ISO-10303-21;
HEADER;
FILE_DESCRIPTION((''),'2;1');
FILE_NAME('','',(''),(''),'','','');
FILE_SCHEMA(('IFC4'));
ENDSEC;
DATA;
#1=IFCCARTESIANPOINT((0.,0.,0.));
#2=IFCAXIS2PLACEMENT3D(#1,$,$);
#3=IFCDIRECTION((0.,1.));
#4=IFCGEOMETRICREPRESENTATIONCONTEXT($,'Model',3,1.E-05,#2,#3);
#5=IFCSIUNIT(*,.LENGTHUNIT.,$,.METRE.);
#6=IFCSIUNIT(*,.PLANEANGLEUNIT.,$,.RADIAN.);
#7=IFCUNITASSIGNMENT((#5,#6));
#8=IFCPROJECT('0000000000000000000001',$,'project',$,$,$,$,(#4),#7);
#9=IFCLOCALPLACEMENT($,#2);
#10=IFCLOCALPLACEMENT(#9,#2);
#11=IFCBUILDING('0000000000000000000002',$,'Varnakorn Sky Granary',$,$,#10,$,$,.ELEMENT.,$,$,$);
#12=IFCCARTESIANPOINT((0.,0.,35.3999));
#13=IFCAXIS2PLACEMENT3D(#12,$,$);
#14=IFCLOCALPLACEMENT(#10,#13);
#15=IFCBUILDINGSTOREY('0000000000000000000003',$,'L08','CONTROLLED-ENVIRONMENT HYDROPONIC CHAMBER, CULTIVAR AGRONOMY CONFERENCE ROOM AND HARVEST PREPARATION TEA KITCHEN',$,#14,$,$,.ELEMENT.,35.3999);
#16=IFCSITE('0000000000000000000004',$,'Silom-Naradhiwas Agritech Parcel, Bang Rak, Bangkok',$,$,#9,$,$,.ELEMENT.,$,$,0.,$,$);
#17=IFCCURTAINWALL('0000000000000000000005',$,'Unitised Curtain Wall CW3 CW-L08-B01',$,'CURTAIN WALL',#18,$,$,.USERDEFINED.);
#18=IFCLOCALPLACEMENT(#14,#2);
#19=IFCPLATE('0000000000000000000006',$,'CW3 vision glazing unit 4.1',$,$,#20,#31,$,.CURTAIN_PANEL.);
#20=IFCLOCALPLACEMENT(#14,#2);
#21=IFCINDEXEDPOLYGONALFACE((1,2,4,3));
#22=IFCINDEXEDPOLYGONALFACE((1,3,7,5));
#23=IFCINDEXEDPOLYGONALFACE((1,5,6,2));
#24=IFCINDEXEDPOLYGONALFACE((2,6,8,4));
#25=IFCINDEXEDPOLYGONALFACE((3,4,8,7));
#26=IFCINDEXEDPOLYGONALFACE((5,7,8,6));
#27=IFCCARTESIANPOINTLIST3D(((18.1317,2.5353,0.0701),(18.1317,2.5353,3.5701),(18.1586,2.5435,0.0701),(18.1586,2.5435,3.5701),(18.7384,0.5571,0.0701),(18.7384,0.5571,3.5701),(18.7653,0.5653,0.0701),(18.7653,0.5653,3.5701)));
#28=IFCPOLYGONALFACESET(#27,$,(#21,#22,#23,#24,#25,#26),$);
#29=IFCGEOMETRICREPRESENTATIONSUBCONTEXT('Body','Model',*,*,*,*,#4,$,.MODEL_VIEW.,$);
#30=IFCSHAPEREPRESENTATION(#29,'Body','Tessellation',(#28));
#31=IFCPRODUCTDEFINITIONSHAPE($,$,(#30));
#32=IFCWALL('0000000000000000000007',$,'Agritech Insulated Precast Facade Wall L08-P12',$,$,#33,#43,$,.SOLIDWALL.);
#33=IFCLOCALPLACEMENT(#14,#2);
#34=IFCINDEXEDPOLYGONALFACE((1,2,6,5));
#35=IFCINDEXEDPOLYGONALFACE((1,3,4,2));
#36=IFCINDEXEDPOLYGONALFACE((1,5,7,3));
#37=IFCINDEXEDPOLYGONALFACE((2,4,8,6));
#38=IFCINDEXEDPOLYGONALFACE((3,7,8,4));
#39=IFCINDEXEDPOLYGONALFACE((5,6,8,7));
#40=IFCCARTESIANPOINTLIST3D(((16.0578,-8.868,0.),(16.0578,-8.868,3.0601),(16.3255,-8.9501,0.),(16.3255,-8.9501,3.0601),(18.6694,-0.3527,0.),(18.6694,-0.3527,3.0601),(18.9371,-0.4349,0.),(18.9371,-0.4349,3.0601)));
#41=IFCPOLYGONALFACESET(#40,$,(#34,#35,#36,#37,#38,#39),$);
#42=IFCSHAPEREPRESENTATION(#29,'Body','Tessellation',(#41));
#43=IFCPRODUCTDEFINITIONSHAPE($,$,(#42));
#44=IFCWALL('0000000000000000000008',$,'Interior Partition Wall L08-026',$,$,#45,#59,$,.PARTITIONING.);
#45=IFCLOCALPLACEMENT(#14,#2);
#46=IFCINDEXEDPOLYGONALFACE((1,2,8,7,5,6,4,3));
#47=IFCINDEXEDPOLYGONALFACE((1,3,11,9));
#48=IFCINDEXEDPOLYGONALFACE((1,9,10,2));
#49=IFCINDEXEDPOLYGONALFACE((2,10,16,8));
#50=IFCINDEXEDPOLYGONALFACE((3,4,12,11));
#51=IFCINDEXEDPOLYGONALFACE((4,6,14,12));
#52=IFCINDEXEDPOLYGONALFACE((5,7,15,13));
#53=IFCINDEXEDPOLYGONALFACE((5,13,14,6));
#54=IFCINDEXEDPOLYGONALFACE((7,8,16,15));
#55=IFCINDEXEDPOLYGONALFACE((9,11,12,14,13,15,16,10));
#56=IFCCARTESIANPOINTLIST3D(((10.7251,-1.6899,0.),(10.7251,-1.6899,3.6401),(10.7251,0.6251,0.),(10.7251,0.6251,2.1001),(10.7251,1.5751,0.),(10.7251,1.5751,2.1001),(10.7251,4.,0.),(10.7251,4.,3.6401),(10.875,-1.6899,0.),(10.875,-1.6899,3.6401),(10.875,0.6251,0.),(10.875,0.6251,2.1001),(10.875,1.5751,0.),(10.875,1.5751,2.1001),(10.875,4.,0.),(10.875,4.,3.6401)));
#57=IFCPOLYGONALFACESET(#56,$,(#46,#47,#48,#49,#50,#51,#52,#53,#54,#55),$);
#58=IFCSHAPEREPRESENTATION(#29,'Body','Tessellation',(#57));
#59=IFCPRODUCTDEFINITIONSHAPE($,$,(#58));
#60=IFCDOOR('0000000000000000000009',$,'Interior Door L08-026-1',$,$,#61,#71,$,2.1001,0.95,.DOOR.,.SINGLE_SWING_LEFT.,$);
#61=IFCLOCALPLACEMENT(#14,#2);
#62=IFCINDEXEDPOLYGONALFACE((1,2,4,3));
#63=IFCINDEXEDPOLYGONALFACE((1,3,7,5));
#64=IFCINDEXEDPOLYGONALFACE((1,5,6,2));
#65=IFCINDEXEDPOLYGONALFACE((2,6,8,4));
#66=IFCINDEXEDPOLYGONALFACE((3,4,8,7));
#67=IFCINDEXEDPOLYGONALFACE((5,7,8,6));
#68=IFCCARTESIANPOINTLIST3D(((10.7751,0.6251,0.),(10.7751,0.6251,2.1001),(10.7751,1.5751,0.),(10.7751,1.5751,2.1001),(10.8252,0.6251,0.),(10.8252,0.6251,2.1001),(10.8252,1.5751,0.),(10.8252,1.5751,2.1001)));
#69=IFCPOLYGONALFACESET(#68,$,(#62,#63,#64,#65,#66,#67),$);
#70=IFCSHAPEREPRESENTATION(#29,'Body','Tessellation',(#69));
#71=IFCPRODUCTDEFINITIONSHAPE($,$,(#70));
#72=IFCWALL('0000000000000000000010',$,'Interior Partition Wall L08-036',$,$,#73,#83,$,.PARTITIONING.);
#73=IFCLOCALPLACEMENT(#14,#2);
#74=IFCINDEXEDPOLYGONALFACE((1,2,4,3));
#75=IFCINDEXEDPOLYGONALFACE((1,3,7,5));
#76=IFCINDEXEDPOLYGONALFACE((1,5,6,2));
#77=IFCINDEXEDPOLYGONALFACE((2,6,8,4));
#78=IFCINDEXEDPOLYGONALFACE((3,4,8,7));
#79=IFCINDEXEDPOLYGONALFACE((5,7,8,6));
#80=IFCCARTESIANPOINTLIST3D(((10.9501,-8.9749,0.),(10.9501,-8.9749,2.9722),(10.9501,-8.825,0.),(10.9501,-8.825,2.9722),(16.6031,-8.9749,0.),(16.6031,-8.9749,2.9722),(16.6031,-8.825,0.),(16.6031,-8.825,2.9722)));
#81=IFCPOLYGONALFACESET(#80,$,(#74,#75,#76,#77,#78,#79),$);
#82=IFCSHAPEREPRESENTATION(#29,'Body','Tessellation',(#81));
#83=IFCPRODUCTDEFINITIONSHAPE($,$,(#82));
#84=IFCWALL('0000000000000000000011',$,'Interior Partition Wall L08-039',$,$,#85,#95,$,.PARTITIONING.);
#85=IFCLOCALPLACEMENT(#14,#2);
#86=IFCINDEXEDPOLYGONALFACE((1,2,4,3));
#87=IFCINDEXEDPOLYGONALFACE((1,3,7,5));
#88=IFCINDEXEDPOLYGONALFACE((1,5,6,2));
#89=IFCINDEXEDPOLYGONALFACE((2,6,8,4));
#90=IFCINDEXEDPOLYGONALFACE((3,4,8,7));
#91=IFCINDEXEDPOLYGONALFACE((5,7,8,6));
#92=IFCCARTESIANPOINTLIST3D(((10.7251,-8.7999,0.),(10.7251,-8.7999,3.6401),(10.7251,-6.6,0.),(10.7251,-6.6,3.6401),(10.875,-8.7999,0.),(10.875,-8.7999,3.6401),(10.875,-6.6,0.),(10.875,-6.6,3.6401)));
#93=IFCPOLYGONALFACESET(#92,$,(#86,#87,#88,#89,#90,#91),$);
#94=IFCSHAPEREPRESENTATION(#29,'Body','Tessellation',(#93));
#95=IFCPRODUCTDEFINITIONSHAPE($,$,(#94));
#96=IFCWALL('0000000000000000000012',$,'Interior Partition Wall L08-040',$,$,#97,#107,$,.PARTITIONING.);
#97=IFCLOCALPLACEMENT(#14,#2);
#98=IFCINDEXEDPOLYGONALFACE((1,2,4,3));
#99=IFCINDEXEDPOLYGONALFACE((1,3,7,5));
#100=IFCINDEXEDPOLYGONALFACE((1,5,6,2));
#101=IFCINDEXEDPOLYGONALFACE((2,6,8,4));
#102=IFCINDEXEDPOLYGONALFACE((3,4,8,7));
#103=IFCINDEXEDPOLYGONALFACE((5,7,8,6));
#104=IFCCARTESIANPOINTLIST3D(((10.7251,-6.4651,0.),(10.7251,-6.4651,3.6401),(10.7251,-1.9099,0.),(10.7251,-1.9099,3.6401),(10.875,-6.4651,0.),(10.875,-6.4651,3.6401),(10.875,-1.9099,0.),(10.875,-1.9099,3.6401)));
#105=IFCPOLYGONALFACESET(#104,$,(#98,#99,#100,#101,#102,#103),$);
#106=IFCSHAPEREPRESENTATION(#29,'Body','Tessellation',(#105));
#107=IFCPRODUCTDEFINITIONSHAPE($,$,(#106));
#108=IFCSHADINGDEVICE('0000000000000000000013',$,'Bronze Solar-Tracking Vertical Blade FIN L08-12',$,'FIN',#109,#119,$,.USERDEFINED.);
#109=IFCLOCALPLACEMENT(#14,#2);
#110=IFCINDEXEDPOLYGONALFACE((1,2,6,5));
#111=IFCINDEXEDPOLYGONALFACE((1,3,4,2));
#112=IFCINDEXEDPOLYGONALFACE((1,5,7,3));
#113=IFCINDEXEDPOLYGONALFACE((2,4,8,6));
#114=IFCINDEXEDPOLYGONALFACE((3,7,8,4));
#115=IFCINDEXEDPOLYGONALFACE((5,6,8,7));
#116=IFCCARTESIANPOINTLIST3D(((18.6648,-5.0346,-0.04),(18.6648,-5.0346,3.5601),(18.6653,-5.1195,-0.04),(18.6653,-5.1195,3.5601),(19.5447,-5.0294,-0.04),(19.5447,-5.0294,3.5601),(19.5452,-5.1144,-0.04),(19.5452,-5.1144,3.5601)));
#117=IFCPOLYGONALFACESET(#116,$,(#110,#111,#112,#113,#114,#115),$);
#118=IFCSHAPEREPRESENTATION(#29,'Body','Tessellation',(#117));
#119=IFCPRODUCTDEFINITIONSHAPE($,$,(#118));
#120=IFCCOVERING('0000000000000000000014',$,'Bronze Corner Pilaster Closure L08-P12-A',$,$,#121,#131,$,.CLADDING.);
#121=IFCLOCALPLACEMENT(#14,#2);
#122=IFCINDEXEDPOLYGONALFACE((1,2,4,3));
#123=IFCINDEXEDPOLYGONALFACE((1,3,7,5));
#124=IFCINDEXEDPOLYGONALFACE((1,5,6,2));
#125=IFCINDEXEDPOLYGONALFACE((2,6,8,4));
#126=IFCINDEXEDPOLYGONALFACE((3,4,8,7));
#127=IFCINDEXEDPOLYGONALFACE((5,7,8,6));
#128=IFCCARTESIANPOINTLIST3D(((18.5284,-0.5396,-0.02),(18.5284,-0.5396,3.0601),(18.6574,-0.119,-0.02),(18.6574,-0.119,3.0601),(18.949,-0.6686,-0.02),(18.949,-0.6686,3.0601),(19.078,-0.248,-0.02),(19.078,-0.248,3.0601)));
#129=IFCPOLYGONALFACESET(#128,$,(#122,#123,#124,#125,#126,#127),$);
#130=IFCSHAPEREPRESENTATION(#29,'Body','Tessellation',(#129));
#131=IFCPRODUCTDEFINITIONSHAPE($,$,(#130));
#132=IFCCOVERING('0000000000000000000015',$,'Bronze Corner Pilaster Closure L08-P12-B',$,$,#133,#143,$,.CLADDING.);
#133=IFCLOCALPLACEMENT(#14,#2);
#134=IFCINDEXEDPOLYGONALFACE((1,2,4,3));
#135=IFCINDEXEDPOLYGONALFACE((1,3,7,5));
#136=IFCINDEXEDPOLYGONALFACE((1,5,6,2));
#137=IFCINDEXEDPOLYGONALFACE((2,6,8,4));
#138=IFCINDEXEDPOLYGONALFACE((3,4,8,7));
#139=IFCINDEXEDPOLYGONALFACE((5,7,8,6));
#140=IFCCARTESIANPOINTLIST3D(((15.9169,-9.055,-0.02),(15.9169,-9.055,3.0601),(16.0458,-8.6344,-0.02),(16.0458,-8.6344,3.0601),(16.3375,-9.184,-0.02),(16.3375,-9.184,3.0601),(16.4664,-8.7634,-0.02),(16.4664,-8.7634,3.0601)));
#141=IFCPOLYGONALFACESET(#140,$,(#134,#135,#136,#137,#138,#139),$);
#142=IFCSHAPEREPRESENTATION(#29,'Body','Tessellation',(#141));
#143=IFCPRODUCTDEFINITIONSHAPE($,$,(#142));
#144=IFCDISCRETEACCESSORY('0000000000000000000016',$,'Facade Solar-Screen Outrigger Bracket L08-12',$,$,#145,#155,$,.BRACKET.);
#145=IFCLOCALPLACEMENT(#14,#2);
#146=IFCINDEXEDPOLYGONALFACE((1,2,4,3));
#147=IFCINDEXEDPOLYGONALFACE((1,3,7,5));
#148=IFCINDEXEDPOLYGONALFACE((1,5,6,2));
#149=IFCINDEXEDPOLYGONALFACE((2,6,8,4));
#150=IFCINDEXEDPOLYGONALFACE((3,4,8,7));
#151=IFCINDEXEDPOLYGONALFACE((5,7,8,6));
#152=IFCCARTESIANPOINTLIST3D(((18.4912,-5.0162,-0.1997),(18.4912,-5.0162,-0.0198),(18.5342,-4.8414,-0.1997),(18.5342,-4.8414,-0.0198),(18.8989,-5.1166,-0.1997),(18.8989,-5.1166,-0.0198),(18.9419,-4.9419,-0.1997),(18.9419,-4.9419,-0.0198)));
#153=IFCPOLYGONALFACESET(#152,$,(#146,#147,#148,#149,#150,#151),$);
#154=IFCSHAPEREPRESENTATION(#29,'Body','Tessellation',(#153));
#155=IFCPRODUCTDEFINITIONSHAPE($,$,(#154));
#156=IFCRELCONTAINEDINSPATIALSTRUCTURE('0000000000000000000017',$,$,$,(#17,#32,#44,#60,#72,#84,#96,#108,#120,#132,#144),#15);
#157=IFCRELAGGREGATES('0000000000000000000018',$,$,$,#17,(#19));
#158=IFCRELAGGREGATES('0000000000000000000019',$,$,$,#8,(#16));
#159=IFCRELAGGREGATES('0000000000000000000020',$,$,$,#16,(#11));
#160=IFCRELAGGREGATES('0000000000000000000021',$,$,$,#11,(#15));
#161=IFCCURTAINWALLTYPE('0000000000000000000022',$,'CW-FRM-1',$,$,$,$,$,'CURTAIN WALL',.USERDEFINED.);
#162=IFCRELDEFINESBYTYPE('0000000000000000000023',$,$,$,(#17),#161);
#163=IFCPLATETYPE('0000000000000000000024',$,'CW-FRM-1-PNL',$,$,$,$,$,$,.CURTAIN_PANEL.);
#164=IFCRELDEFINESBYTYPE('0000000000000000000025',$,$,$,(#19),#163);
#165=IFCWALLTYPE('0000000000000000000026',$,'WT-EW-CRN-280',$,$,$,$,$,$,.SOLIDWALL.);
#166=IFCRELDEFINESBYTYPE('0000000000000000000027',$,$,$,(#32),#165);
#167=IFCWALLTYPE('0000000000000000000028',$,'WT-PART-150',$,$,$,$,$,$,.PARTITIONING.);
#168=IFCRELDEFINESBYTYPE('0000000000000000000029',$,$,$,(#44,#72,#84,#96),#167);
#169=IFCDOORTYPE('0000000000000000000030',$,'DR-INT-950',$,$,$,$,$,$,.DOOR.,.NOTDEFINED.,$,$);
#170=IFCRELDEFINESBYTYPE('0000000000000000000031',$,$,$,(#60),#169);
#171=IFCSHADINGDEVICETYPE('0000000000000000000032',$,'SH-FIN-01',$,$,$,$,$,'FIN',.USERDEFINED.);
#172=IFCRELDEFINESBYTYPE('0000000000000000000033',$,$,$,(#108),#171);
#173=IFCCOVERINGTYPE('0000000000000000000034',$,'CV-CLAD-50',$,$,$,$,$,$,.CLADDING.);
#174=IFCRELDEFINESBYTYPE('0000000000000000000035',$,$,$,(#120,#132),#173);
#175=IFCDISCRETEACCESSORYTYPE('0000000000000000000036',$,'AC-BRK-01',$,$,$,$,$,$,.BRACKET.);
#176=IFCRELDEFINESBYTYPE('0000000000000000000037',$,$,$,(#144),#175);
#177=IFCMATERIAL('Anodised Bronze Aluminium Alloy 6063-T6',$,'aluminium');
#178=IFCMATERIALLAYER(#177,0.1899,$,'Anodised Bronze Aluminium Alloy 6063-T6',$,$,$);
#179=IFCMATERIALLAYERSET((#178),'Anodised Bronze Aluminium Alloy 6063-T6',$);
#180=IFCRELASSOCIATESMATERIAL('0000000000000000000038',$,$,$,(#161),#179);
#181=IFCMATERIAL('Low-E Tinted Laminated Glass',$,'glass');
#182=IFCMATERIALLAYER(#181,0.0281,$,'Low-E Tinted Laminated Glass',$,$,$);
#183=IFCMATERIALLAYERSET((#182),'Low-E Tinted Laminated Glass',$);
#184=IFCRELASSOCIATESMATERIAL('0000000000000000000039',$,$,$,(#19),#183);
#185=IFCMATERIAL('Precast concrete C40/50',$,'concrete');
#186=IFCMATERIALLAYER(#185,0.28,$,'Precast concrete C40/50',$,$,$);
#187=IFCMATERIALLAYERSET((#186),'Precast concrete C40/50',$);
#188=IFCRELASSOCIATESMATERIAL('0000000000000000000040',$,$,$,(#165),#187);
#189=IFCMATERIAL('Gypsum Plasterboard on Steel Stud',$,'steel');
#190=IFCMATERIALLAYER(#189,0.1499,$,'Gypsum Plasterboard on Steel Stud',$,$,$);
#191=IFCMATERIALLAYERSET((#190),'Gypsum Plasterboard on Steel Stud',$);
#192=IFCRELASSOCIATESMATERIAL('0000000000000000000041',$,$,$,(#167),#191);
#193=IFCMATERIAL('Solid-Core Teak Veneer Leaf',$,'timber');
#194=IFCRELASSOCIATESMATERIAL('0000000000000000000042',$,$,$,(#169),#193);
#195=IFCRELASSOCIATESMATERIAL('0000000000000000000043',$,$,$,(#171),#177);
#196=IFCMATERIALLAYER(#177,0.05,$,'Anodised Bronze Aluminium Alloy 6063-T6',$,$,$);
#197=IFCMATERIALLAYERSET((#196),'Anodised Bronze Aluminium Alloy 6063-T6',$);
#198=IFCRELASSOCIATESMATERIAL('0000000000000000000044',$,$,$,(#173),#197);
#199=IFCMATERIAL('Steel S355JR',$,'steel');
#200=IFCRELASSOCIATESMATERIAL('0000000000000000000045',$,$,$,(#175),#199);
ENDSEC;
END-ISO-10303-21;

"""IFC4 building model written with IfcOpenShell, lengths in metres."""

from ifc_helpers import new_model, si_unit, direction, frame, frame_2d, origin, origin_2d, place, context, subcontext, project, spatial, rectangle, extrude, source, transform, mapped, material, layer, layer_set, type_object, type_shapes, element, fill, aggregate, save


model = new_model("IFC4")

# Units and contexts
model_context = context("Model", 3, precision=1e-05, world=origin(), true_north=direction((0.0, 1.0)))
body_context = subcontext(model_context, "Body", "Model", "MODEL_VIEW")
ifc_project = project(units=[si_unit("LENGTHUNIT", "METRE"), si_unit("PLANEANGLEUNIT", "RADIAN")], contexts=[model_context])

# Site, building, storey
site_placement = place(None, origin())
site = spatial("IfcSite", under=ifc_project, at=site_placement, Name="Silom-Naradhiwas Agritech Parcel, Bang Rak, Bangkok", CompositionType="ELEMENT", RefElevation=0.0)
building_placement = place(site_placement, origin())
building = spatial("IfcBuilding", under=site, at=building_placement, Name="Varnakorn Sky Granary", CompositionType="ELEMENT")
storey_placement = place(building_placement, frame((0.0, 0.0, 35.3999)))
storey = spatial("IfcBuildingStorey", under=building, at=storey_placement, Name="L08", Description="CONTROLLED-ENVIRONMENT HYDROPONIC CHAMBER, CULTIVAR AGRONOMY CONFERENCE ROOM AND HARVEST PREPARATION TEA KITCHEN", CompositionType="ELEMENT", Elevation=35.3999)

# Shared definitions
ifc_material_1 = material(Name="Steel S355JR", Category="steel")

# Curtain wall
ifc_material_2 = material(Name="Anodised Bronze Aluminium Alloy 6063-T6", Category="aluminium")
ifc_layer_1 = layer(ifc_material_2, 0.1899, Name="Anodised Bronze Aluminium Alloy 6063-T6")
ifc_layer_set_1 = layer_set([ifc_layer_1], Name="Anodised Bronze Aluminium Alloy 6063-T6")
curtain_wall_type = type_object("IfcCurtainWallType", Name="CW-FRM-1", ElementType="CURTAIN WALL", PredefinedType="USERDEFINED", material=ifc_layer_set_1)
curtain_wall_placement = place(storey_placement, origin())
curtain_wall = element("IfcCurtainWall", 1, at=curtain_wall_placement, inside=storey, type_object=curtain_wall_type, Name="Unitised Curtain Wall CW3 CW-L08-B01", ObjectType="CURTAIN WALL", PredefinedType="USERDEFINED")

# Plate
ifc_material_3 = material(Name="Low-E Tinted Laminated Glass", Category="glass")
ifc_layer_2 = layer(ifc_material_3, 0.0281, Name="Low-E Tinted Laminated Glass")
ifc_layer_set_2 = layer_set([ifc_layer_2], Name="Low-E Tinted Laminated Glass")
plate_type = type_object("IfcPlateType", Name="CW-FRM-1-PNL", PredefinedType="CURTAIN_PANEL")
shared_shape_1 = source(origin(), body_context, "Body", "SweptSolid", [
    extrude(rectangle(XDim=2.0691, YDim=0.0281, at=origin_2d()), origin(), (0.0, 0.0, 1.0), 3.5),
])
type_shapes(plate_type, [shared_shape_1])
plate_placement = place(storey_placement, frame((18.4485, 1.5503, 0.0701), z_axis=(0.0, 0.0, 1.0), x_axis=(0.293216, -0.956046, 0.0)))
plate = element("IfcPlate", 2, at=plate_placement, type_object=plate_type, material=ifc_layer_set_2, Name="CW3 vision glazing unit 4.1", PredefinedType="CURTAIN_PANEL", context=body_context, shape_type="MappedRepresentation", body=[
    mapped(shared_shape_1, transform((0.0, 0.0, 0.0), x_axis=(1.0, 0.0, 0.0), y_axis=(0.0, 1.0, 0.0), z_axis=(0.0, 0.0, 1.0), scale=1.0)),
])
aggregate(curtain_wall, [plate])

# Wall
ifc_material_4 = material(Name="Precast concrete C40/50", Category="concrete")
ifc_layer_3 = layer(ifc_material_4, 0.28, Name="Precast concrete C40/50")
ifc_layer_set_3 = layer_set([ifc_layer_3], Name="Precast concrete C40/50")
wall_type_1 = type_object("IfcWallType", Name="WT-EW-CRN-280", PredefinedType="SOLIDWALL", material=ifc_layer_set_3)
wall_1_placement = place(storey_placement, frame((18.8032, -0.3938, 0.0), z_axis=(0.0, 0.0, 1.0), x_axis=(-0.293209, -0.956048, 0.0)))
element("IfcWall", 3, at=wall_1_placement, inside=storey, type_object=wall_type_1, Name="Agritech Insulated Precast Facade Wall L08-P12", PredefinedType="SOLIDWALL", context=body_context, shape_type="SweptSolid", body=[
    extrude(rectangle(XDim=8.9067, YDim=0.28, at=frame_2d((4.4534, 0.0))), origin(), (0.0, 0.0, 1.0), 3.0601),
])

# Wall, opening, door
ifc_material_5 = material(Name="Gypsum Plasterboard on Steel Stud", Category="steel")
ifc_layer_4 = layer(ifc_material_5, 0.1499, Name="Gypsum Plasterboard on Steel Stud")
ifc_layer_set_4 = layer_set([ifc_layer_4], Name="Gypsum Plasterboard on Steel Stud")
wall_type_2 = type_object("IfcWallType", Name="WT-PART-150", PredefinedType="PARTITIONING", material=ifc_layer_set_4)
wall_2_placement = place(storey_placement, frame((10.8, -1.6899, 0.0), z_axis=(0.0, 0.0, 1.0), x_axis=(0.0, 1.0, 0.0)))
wall_2 = element("IfcWall", 4, at=wall_2_placement, inside=storey, type_object=wall_type_2, Name="Interior Partition Wall L08-026", PredefinedType="PARTITIONING", context=body_context, shape_type="SweptSolid", body=[
    extrude(rectangle(XDim=5.6899, YDim=0.1499, at=frame_2d((2.845, 0.0))), origin(), (0.0, 0.0, 1.0), 3.6401),
])
opening_placement = place(wall_2_placement, frame((2.3149, 0.0, 0.0)))
opening = element("IfcOpeningElement", 5, at=opening_placement, cuts=wall_2, PredefinedType="OPENING", context=body_context, shape_type="SweptSolid", body=[
    extrude(rectangle(XDim=0.95, YDim=2.1001, at=frame_2d((0.4751, 1.05))), frame((0.0, 0.085, 0.0), z_axis=(0.0, -1.0, 0.0), x_axis=(1.0, 0.0, 0.0)), (0.0, 0.0, 1.0), 0.1699),
])
ifc_material_6 = material(Name="Solid-Core Teak Veneer Leaf", Category="timber")
door_type = type_object("IfcDoorType", Name="DR-INT-950", OperationType="NOTDEFINED", PredefinedType="DOOR", material=ifc_material_6)
door_placement = place(opening_placement, origin())
door = element("IfcDoor", 6, at=door_placement, inside=storey, type_object=door_type, Name="Interior Door L08-026-1", OperationType="SINGLE_SWING_LEFT", OverallHeight=2.1001, OverallWidth=0.95, PredefinedType="DOOR", context=body_context, shape_type="SweptSolid", body=[
    extrude(rectangle(XDim=0.95, YDim=2.1001, at=frame_2d((0.4751, 1.05))), frame((0.0, 0.0249, 0.0), z_axis=(0.0, -1.0, 0.0), x_axis=(1.0, 0.0, 0.0)), (0.0, 0.0, 1.0), 0.05),
])
fill(opening, door)

# Walls
wall_3_placement = place(storey_placement, frame((10.95, -8.8999, 0.0), z_axis=(0.0, 0.0, 1.0), x_axis=(1.0, 0.0, 0.0)))
element("IfcWall", 7, at=wall_3_placement, inside=storey, type_object=wall_type_2, Name="Interior Partition Wall L08-036", PredefinedType="PARTITIONING", context=body_context, shape_type="SweptSolid", body=[
    extrude(rectangle(XDim=5.6531, YDim=0.1499, at=frame_2d((2.8267, 0.0))), origin(), (0.0, 0.0, 1.0), 2.9722),
])
wall_4_placement = place(storey_placement, frame((10.8, -8.8, 0.0), z_axis=(0.0, 0.0, 1.0), x_axis=(0.0, 1.0, 0.0)))
element("IfcWall", 8, at=wall_4_placement, inside=storey, type_object=wall_type_2, Name="Interior Partition Wall L08-039", PredefinedType="PARTITIONING", context=body_context, shape_type="SweptSolid", body=[
    extrude(rectangle(XDim=2.2, YDim=0.1499, at=frame_2d((1.1001, 0.0))), origin(), (0.0, 0.0, 1.0), 3.6401),
])
wall_5_placement = place(storey_placement, frame((10.8, -6.4651, 0.0), z_axis=(0.0, 0.0, 1.0), x_axis=(0.0, 1.0, 0.0)))
element("IfcWall", 9, at=wall_5_placement, inside=storey, type_object=wall_type_2, Name="Interior Partition Wall L08-040", PredefinedType="PARTITIONING", context=body_context, shape_type="SweptSolid", body=[
    extrude(rectangle(XDim=4.5552, YDim=0.1499, at=frame_2d((2.2776, 0.0))), origin(), (0.0, 0.0, 1.0), 3.6401),
])

# Shading device
shading_device_type = type_object("IfcShadingDeviceType", Name="SH-FIN-01", ElementType="FIN", PredefinedType="USERDEFINED", material=ifc_material_2)
shared_shape_2 = source(origin(), body_context, "Body", "SweptSolid", [
    extrude(rectangle(XDim=0.085, YDim=0.8799, at=origin_2d()), origin(), (0.0, 0.0, 1.0), 3.6001),
])
type_shapes(shading_device_type, [shared_shape_2])
shading_device_placement = place(storey_placement, frame((19.105, -5.0745, -0.04), z_axis=(0.0, 0.0, 1.0), x_axis=(-0.005842, 0.999983, 0.0)))
element("IfcShadingDevice", 10, at=shading_device_placement, inside=storey, type_object=shading_device_type, Name="Bronze Solar-Tracking Vertical Blade FIN L08-12", ObjectType="FIN", PredefinedType="USERDEFINED", context=body_context, shape_type="MappedRepresentation", body=[
    mapped(shared_shape_2, transform((0.0, 0.0, 0.0), x_axis=(1.0, 0.0, 0.0), y_axis=(0.0, 1.0, 0.0), z_axis=(0.0, 0.0, 1.0), scale=1.0)),
])

# Coverings
ifc_layer_5 = layer(ifc_material_2, 0.05, Name="Anodised Bronze Aluminium Alloy 6063-T6")
ifc_layer_set_5 = layer_set([ifc_layer_5], Name="Anodised Bronze Aluminium Alloy 6063-T6")
covering_type = type_object("IfcCoveringType", Name="CV-CLAD-50", PredefinedType="CLADDING", material=ifc_layer_set_5)
shared_shape_3 = source(origin(), body_context, "Body", "SweptSolid", [
    extrude(rectangle(XDim=0.4399, YDim=0.4399, at=origin_2d()), origin(), (0.0, 0.0, 1.0), 3.0801),
])
type_shapes(covering_type, [shared_shape_3])
for number, where, z_axis, x_axis, name in (
    (11, (18.8032, -0.3938, -0.02), (0.0, 0.0, 1.0), (-0.293206, -0.956049, 0.0), "Bronze Corner Pilaster Closure L08-P12-A"),
    (12, (16.1917, -8.9092, -0.02), (0.0, 0.0, 1.0), (-0.293206, -0.956049, 0.0), "Bronze Corner Pilaster Closure L08-P12-B"),
):
    element("IfcCovering", number, at=place(storey_placement, frame(where, z_axis=z_axis, x_axis=x_axis)), inside=storey, type_object=covering_type, Name=name, PredefinedType="CLADDING", context=body_context, shape_type="MappedRepresentation", body=[
        mapped(shared_shape_3, transform((0.0, 0.0, 0.0), x_axis=(1.0, 0.0, 0.0), y_axis=(0.0, 1.0, 0.0), z_axis=(0.0, 0.0, 1.0), scale=1.0)),
    ])

# Discrete accessory
discrete_accessory_type = type_object("IfcDiscreteAccessoryType", Name="AC-BRK-01", PredefinedType="BRACKET", material=ifc_material_1)
shared_shape_4 = source(origin(), body_context, "Body", "SweptSolid", [
    extrude(rectangle(XDim=0.1799, YDim=0.4199, at=origin_2d()), origin(), (0.0, 0.0, 1.0), 0.1799),
])
type_shapes(discrete_accessory_type, [shared_shape_4])
discrete_accessory_placement = place(storey_placement, frame((18.7166, -4.979, -0.1997), z_axis=(0.0, 0.0, 1.0), x_axis=(0.239133, 0.970987, 0.0)))
element("IfcDiscreteAccessory", 13, at=discrete_accessory_placement, inside=storey, type_object=discrete_accessory_type, Name="Facade Solar-Screen Outrigger Bracket L08-12", PredefinedType="BRACKET", context=body_context, shape_type="MappedRepresentation", body=[
    mapped(shared_shape_4, transform((0.0, 0.0, 0.0), x_axis=(1.0, 0.0, 0.0), y_axis=(0.0, 1.0, 0.0), z_axis=(0.0, 0.0, 1.0), scale=1.0)),
])

save(model, "model.ifc")
